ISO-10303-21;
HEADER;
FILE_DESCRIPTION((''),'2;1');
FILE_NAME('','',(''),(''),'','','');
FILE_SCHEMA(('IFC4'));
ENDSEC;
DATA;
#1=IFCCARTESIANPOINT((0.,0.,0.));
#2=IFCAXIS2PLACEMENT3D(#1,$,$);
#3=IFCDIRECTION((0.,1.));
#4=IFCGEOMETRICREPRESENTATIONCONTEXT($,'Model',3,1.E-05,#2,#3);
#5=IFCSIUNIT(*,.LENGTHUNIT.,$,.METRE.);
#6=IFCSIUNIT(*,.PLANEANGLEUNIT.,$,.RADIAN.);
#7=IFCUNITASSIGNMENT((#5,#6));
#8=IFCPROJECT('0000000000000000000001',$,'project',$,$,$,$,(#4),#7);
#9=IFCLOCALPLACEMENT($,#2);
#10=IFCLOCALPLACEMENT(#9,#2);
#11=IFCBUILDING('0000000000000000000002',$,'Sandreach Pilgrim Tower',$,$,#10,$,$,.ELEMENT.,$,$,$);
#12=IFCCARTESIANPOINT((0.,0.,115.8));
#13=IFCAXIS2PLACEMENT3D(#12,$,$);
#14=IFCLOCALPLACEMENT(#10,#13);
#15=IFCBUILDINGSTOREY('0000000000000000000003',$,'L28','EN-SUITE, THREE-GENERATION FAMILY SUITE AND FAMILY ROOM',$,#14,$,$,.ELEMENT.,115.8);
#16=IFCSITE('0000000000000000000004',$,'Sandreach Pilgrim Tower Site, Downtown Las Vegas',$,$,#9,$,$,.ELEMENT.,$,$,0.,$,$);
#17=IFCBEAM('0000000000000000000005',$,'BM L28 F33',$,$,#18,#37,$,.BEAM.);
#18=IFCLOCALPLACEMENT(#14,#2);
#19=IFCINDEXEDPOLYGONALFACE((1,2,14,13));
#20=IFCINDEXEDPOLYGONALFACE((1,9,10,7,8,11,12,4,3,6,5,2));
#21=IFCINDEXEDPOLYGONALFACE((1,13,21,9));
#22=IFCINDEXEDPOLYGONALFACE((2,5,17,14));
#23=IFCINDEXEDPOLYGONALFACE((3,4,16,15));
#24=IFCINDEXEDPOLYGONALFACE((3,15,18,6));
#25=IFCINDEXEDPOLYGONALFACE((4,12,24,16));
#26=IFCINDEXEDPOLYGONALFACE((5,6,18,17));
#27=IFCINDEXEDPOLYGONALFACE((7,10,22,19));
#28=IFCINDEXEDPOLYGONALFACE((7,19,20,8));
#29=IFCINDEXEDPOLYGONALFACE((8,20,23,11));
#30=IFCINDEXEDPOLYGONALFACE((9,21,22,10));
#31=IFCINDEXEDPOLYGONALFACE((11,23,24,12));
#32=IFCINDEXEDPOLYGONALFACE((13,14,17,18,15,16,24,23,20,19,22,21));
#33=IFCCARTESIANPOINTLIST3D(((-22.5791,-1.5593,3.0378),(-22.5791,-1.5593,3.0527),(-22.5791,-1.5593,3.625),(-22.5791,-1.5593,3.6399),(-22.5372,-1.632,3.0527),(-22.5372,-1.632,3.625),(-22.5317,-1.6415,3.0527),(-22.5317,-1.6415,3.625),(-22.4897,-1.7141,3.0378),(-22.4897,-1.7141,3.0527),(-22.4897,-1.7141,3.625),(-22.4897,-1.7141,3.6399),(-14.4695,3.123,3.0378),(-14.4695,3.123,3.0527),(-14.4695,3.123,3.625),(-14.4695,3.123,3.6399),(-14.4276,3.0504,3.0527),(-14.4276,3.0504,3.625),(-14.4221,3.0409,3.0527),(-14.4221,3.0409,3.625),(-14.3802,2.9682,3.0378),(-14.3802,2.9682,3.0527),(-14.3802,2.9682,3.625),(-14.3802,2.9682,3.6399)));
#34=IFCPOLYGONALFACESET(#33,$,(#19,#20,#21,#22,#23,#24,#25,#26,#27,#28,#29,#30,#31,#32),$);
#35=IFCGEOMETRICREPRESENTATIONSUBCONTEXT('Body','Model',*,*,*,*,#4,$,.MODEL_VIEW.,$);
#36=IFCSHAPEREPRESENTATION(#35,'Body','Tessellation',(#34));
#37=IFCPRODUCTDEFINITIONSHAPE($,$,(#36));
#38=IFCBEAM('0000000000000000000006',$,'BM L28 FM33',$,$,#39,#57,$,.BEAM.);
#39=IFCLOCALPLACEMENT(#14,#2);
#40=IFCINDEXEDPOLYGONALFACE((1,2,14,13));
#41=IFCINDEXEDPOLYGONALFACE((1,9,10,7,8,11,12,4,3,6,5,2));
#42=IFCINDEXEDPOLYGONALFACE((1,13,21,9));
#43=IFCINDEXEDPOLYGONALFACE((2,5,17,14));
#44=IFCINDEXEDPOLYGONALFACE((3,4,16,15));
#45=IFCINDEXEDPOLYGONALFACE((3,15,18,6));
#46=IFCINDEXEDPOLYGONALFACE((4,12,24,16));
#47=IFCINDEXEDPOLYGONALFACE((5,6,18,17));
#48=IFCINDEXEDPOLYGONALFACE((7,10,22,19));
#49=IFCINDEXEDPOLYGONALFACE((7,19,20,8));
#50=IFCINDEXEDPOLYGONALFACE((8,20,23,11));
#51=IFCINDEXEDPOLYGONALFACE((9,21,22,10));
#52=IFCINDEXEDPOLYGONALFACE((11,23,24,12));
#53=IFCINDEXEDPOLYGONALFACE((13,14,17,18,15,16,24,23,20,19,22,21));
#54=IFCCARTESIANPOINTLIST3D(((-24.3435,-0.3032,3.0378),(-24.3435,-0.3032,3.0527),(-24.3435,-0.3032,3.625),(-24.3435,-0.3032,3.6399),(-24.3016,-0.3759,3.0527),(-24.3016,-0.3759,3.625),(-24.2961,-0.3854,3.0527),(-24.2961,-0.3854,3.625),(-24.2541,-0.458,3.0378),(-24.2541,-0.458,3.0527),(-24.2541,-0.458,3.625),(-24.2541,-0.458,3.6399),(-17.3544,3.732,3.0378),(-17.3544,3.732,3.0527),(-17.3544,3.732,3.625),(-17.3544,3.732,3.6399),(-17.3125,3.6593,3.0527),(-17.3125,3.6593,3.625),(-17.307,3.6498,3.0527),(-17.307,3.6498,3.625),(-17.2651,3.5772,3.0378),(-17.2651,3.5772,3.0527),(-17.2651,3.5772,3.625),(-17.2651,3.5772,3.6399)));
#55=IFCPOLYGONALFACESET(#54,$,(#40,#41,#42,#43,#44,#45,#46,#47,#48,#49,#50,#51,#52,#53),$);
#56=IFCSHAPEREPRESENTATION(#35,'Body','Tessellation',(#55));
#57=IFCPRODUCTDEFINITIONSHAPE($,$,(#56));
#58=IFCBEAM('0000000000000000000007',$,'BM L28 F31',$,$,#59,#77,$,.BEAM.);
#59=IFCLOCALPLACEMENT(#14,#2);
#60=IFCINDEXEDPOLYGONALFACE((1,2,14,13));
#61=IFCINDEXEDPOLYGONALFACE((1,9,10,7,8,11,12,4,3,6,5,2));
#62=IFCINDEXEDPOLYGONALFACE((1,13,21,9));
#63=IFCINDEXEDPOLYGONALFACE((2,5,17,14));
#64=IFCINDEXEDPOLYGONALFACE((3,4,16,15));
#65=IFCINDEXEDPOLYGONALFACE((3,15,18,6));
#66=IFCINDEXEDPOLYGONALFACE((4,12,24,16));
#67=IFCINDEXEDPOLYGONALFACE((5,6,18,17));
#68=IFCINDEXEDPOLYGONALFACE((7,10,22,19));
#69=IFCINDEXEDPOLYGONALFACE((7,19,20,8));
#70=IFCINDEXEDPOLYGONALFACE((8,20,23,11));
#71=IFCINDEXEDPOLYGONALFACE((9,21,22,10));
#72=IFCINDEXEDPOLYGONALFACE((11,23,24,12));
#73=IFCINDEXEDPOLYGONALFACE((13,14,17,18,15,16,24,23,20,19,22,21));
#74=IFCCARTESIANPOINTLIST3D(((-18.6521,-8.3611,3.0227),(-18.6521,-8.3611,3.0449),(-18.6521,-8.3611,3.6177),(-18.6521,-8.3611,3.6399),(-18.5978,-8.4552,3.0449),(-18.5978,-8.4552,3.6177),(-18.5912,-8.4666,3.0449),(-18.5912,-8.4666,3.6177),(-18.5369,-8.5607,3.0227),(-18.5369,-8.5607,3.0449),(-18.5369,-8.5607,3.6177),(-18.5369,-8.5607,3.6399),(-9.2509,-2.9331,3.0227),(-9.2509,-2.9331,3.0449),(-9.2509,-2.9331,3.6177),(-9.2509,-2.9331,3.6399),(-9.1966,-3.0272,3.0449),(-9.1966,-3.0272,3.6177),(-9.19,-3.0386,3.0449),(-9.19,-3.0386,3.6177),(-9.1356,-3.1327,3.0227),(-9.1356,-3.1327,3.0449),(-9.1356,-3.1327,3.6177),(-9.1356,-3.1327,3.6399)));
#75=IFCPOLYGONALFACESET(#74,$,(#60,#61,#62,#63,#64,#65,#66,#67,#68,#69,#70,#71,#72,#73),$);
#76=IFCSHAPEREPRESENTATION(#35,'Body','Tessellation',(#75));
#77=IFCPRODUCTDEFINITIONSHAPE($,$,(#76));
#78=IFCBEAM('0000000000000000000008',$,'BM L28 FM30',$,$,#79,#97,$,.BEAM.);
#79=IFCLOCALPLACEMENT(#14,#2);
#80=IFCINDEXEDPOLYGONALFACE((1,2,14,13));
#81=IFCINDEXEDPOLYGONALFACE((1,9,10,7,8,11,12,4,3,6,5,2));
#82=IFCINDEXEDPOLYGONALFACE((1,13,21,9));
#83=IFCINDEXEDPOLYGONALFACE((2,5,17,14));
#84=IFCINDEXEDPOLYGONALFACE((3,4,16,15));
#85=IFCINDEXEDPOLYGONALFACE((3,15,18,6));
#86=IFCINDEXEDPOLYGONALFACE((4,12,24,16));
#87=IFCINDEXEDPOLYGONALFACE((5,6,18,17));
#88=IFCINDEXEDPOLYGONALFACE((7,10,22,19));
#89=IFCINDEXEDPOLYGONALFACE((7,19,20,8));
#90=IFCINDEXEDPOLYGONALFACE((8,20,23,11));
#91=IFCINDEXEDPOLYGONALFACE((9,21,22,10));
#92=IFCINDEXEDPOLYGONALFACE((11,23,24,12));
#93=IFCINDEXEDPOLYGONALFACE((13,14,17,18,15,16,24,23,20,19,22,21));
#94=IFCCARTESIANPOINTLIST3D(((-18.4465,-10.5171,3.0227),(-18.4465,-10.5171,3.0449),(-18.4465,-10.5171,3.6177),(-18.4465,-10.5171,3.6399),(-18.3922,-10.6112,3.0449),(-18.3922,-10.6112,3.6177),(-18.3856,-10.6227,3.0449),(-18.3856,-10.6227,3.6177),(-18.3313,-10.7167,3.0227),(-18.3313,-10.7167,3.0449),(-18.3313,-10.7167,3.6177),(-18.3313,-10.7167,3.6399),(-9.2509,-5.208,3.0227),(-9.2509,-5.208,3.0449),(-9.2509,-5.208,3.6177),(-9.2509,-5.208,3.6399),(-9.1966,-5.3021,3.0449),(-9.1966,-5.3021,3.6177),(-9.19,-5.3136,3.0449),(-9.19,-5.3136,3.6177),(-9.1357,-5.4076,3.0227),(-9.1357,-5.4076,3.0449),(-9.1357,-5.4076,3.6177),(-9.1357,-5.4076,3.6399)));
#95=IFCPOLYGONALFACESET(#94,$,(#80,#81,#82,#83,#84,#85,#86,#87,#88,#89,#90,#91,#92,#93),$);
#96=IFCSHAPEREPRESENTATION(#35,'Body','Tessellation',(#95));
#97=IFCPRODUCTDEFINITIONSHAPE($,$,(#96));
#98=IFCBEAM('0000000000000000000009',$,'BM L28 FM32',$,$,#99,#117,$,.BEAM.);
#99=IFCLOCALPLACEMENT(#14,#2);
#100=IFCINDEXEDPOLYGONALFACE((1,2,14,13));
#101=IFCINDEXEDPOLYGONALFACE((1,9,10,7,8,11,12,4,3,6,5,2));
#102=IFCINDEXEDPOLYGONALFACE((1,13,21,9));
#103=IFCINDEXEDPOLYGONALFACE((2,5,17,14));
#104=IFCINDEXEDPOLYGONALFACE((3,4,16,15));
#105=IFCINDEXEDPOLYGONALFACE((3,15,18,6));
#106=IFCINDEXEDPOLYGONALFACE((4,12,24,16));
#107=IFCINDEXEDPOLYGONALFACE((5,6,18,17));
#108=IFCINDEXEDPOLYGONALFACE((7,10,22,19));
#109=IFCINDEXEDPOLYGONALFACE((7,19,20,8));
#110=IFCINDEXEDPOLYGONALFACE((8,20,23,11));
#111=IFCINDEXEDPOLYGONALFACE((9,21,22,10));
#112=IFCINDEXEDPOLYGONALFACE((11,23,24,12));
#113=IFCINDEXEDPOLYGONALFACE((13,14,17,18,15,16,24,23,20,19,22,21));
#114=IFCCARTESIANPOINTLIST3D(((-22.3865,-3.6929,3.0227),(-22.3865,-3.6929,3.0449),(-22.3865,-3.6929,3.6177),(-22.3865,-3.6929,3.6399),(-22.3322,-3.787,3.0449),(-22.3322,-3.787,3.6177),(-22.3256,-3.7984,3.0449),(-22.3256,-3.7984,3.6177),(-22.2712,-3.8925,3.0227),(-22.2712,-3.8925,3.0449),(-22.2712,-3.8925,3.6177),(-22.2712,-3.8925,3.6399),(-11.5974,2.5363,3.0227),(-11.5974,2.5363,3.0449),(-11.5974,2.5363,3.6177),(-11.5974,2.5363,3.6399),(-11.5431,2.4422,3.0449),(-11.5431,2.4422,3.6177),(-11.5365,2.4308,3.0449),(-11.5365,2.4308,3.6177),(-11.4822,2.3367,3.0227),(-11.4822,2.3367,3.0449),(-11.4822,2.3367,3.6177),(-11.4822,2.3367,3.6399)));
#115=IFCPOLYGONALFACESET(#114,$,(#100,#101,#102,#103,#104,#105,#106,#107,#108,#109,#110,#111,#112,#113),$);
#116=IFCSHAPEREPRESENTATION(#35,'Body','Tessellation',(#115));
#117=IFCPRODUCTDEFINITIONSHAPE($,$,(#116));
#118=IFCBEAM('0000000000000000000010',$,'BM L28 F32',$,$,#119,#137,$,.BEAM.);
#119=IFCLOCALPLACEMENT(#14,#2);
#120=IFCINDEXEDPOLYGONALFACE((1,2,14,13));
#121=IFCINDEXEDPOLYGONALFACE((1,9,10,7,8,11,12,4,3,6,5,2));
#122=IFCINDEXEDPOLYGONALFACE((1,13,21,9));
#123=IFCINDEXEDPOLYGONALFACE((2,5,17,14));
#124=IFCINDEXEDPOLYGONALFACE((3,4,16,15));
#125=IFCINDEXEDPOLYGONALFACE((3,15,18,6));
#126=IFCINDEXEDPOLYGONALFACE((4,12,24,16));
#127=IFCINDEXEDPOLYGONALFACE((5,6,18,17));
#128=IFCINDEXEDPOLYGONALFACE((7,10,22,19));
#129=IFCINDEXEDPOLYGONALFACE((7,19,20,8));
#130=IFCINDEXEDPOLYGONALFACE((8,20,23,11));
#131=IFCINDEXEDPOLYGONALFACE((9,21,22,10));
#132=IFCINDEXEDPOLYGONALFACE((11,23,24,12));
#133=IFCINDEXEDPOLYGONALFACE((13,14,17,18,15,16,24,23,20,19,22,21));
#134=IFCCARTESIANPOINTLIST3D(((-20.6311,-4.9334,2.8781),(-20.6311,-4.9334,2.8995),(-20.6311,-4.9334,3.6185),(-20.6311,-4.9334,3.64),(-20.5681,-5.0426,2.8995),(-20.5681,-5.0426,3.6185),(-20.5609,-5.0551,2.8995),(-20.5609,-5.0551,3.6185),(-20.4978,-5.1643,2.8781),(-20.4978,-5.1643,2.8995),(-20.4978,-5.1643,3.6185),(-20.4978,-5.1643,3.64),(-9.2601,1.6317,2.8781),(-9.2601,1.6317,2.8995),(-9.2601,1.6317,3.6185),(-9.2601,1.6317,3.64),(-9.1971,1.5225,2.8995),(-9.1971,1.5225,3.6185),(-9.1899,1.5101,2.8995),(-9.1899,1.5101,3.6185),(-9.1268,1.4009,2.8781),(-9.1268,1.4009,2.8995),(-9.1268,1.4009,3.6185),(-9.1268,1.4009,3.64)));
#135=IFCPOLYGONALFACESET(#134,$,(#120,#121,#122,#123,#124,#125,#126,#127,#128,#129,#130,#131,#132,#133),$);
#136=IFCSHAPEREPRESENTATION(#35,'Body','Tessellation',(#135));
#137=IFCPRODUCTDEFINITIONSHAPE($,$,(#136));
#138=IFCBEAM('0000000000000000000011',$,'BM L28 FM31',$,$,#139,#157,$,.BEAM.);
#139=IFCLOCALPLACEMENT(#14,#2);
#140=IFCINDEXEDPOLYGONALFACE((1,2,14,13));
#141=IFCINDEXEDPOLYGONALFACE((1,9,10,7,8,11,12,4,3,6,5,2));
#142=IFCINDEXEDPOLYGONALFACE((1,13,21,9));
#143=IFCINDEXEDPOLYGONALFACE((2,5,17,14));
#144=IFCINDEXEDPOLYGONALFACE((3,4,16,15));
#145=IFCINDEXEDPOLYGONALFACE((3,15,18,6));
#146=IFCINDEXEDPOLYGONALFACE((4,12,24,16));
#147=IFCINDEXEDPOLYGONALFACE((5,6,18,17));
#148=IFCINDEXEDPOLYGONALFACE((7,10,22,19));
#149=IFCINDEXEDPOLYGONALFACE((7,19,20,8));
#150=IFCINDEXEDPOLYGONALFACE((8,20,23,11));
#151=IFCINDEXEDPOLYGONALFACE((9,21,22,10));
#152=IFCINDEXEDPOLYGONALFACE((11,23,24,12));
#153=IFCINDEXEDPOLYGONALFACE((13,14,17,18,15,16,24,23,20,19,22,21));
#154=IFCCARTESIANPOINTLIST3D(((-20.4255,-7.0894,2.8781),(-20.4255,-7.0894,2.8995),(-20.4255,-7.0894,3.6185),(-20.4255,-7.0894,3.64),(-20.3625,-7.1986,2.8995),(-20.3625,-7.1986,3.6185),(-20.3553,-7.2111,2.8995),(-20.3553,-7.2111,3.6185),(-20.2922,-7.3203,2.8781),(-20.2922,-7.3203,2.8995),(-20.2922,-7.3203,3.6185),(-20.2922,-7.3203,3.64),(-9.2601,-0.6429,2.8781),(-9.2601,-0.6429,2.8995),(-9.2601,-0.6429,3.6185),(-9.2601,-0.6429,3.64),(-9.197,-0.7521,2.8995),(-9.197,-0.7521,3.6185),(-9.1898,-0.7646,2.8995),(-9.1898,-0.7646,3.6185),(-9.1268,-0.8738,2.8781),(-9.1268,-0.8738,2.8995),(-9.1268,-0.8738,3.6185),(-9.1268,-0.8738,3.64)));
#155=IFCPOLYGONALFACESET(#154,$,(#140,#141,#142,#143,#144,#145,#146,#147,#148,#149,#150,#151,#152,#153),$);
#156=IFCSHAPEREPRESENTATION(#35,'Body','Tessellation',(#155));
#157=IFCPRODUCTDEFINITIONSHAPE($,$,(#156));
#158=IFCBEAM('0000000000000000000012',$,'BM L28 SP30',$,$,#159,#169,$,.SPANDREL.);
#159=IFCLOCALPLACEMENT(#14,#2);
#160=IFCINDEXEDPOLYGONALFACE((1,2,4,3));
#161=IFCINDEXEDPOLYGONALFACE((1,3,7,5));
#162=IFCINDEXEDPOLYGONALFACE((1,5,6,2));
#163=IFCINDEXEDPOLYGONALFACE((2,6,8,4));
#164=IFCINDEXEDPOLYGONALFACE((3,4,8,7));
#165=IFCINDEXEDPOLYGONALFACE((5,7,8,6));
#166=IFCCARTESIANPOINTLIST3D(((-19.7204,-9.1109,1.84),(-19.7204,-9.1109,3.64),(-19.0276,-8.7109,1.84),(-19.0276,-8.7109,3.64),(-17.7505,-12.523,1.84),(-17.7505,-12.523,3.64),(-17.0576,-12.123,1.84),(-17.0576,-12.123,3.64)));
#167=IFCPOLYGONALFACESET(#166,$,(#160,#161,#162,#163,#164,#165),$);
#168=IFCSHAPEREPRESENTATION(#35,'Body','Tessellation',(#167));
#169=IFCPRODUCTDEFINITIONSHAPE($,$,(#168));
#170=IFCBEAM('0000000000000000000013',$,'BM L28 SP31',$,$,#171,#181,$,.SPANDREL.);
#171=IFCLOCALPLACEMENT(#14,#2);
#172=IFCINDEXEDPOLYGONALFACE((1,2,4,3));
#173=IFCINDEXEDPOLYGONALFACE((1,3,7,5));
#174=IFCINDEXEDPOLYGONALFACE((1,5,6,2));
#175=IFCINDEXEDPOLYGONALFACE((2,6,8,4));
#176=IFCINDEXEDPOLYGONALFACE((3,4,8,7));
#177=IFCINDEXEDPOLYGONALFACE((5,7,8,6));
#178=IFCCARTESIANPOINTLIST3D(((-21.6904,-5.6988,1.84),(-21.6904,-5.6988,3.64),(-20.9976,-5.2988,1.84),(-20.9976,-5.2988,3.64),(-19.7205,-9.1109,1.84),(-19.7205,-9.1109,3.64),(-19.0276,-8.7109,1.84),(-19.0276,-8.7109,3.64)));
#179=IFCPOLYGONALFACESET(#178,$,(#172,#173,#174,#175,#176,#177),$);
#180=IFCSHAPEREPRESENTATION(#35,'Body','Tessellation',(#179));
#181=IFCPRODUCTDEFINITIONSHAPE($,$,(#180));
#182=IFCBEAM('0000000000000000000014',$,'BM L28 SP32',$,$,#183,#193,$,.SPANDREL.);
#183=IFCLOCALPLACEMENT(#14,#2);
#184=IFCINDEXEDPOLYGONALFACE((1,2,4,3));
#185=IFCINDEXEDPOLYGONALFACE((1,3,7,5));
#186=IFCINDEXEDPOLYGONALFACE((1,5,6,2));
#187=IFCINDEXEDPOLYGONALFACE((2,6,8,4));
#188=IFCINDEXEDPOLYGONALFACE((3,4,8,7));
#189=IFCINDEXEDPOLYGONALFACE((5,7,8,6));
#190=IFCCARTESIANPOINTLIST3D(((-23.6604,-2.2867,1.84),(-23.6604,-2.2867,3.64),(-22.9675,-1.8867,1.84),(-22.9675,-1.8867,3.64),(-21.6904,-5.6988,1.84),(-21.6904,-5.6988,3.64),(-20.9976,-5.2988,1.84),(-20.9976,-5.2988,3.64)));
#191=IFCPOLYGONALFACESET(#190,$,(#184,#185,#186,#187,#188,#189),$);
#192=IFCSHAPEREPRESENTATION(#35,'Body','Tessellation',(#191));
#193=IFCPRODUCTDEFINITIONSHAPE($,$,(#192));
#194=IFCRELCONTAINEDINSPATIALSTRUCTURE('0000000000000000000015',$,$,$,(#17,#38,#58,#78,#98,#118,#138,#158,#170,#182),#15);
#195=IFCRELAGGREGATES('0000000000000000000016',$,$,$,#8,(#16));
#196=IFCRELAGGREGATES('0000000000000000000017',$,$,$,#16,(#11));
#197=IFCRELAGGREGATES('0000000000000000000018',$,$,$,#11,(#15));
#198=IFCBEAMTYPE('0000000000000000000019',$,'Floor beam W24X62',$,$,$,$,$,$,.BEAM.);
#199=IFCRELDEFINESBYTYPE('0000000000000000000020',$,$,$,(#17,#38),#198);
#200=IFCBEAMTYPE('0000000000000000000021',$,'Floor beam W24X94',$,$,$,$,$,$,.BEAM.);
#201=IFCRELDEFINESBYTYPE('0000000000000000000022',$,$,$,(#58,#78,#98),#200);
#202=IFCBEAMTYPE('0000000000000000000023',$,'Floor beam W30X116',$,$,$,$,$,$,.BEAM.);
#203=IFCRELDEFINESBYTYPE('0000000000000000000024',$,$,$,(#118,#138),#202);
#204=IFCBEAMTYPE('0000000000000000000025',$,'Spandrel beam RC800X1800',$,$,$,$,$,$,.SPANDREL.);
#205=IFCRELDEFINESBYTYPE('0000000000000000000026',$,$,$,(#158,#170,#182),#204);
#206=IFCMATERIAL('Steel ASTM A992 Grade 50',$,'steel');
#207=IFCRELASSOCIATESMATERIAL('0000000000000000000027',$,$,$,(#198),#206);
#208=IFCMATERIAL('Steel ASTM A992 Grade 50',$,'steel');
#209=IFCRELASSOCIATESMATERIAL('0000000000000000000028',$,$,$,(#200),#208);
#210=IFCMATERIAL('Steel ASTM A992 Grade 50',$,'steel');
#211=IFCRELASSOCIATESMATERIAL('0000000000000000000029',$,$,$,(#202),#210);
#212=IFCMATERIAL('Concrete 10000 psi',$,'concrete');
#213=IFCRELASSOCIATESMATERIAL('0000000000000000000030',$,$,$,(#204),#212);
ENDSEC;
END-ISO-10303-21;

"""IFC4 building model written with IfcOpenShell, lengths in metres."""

from ifc_helpers import new_model, si_unit, direction, frame, origin, origin_2d, place, context, subcontext, project, spatial, rectangle, i_section, extrude, material, material_profile, profile_set, type_object, element, save


model = new_model("IFC4")

# Units and contexts
model_context = context("Model", 3, precision=1e-05, world=origin(), true_north=direction((0.0, 1.0)))
body_context = subcontext(model_context, "Body", "Model", "MODEL_VIEW")
ifc_project = project(units=[si_unit("LENGTHUNIT", "METRE"), si_unit("PLANEANGLEUNIT", "RADIAN")], contexts=[model_context])

# Site, building, storey
site_placement = place(None, origin())
site = spatial("IfcSite", under=ifc_project, at=site_placement, Name="Sandreach Pilgrim Tower Site, Downtown Las Vegas", CompositionType="ELEMENT", RefElevation=0.0)
building_placement = place(site_placement, origin())
building = spatial("IfcBuilding", under=site, at=building_placement, Name="Sandreach Pilgrim Tower", CompositionType="ELEMENT")
storey_placement = place(building_placement, frame((0.0, 0.0, 115.8)))
storey = spatial("IfcBuildingStorey", under=building, at=storey_placement, Name="L28", Description="EN-SUITE, THREE-GENERATION FAMILY SUITE AND FAMILY ROOM", CompositionType="ELEMENT", Elevation=115.8)

# Beams
ifc_material_1 = material(Name="Steel ASTM A992 Grade 50", Category="steel")
ifc_material_profile_1 = material_profile(ifc_material_1, i_section(OverallWidth=0.1787, OverallDepth=0.6021, WebThickness=0.011, FlangeThickness=0.0149, at=origin_2d()), Name="W24X62")
ifc_profile_set_1 = profile_set([ifc_material_profile_1], Name="Steel ASTM A992 Grade 50")
beam_type_1 = type_object("IfcBeamType", Name="Floor beam W24X62", PredefinedType="BEAM", material=ifc_profile_set_1)
beam_1_placement = place(storey_placement, frame((-22.5344, -1.6367, 3.3389), z_axis=(0.866012, 0.500023, 0.0), x_axis=(-0.500023, 0.866012, 0.0)))
element("IfcBeam", 1, at=beam_1_placement, inside=storey, type_object=beam_type_1, Name="BM L28 F33", PredefinedType="BEAM", context=body_context, shape_type="SweptSolid", body=[
    extrude(i_section(OverallWidth=0.1787, OverallDepth=0.6021, WebThickness=0.011, FlangeThickness=0.0149, at=origin_2d()), origin(), (0.0, 0.0, 1.0), 9.3643),
])
beam_2_placement = place(storey_placement, frame((-24.2988, -0.3806, 3.3389), z_axis=(0.866023, 0.500004, 0.0), x_axis=(-0.500004, 0.866023, 0.0)))
element("IfcBeam", 2, at=beam_2_placement, inside=storey, type_object=beam_type_1, Name="BM L28 FM33", PredefinedType="BEAM", context=body_context, shape_type="SweptSolid", body=[
    extrude(i_section(OverallWidth=0.1787, OverallDepth=0.6021, WebThickness=0.011, FlangeThickness=0.0149, at=origin_2d()), origin(), (0.0, 0.0, 1.0), 8.0703),
])
ifc_material_2 = material(Name="Steel ASTM A992 Grade 50", Category="steel")
ifc_material_profile_2 = material_profile(ifc_material_2, i_section(OverallWidth=0.2305, OverallDepth=0.6172, WebThickness=0.0132, FlangeThickness=0.0222, at=origin_2d()), Name="W24X94")
ifc_profile_set_2 = profile_set([ifc_material_profile_2], Name="Steel ASTM A992 Grade 50")
beam_type_2 = type_object("IfcBeamType", Name="Floor beam W24X94", PredefinedType="BEAM", material=ifc_profile_set_2)
beam_3_placement = place(storey_placement, frame((-18.5945, -8.4609, 3.3313), z_axis=(0.866016, 0.500016, 0.0), x_axis=(-0.500016, 0.866016, 0.0)))
element("IfcBeam", 3, at=beam_3_placement, inside=storey, type_object=beam_type_2, Name="BM L28 F31", PredefinedType="BEAM", context=body_context, shape_type="SweptSolid", body=[
    extrude(i_section(OverallWidth=0.2305, OverallDepth=0.6172, WebThickness=0.0132, FlangeThickness=0.0222, at=origin_2d()), origin(), (0.0, 0.0, 1.0), 10.8557),
])
beam_4_placement = place(storey_placement, frame((-18.3889, -10.6169, 3.3313), z_axis=(0.866024, 0.500002, 0.0), x_axis=(-0.500002, 0.866024, 0.0)))
element("IfcBeam", 4, at=beam_4_placement, inside=storey, type_object=beam_type_2, Name="BM L28 FM30", PredefinedType="BEAM", context=body_context, shape_type="SweptSolid", body=[
    extrude(i_section(OverallWidth=0.2305, OverallDepth=0.6172, WebThickness=0.0132, FlangeThickness=0.0222, at=origin_2d()), origin(), (0.0, 0.0, 1.0), 10.6182),
])
beam_5_placement = place(storey_placement, frame((-22.3289, -3.7927, 3.3313), z_axis=(0.866019, 0.500011, 0.0), x_axis=(-0.500011, 0.866019, 0.0)))
element("IfcBeam", 5, at=beam_5_placement, inside=storey, type_object=beam_type_2, Name="BM L28 FM32", PredefinedType="BEAM", context=body_context, shape_type="SweptSolid", body=[
    extrude(i_section(OverallWidth=0.2305, OverallDepth=0.6172, WebThickness=0.0132, FlangeThickness=0.0222, at=origin_2d()), origin(), (0.0, 0.0, 1.0), 12.4583),
])
ifc_material_3 = material(Name="Steel ASTM A992 Grade 50", Category="steel")
ifc_material_profile_3 = material_profile(ifc_material_3, i_section(OverallWidth=0.2666, OverallDepth=0.762, WebThickness=0.0144, FlangeThickness=0.0215, at=origin_2d()), Name="W30X116")
ifc_profile_set_3 = profile_set([ifc_material_profile_3], Name="Steel ASTM A992 Grade 50")
beam_type_3 = type_object("IfcBeamType", Name="Floor beam W30X116", PredefinedType="BEAM", material=ifc_profile_set_3)
beam_6_placement = place(storey_placement, frame((-20.5645, -5.0488, 3.259), z_axis=(0.866023, 0.500005, 0.0), x_axis=(-0.500005, 0.866023, 0.0)))
element("IfcBeam", 6, at=beam_6_placement, inside=storey, type_object=beam_type_3, Name="BM L28 F32", PredefinedType="BEAM", context=body_context, shape_type="SweptSolid", body=[
    extrude(i_section(OverallWidth=0.2666, OverallDepth=0.762, WebThickness=0.0144, FlangeThickness=0.0215, at=origin_2d()), origin(), (0.0, 0.0, 1.0), 13.1301),
])
beam_7_placement = place(storey_placement, frame((-20.3589, -7.2048, 3.259), z_axis=(0.866022, 0.500007, 0.0), x_axis=(-0.500007, 0.866022, 0.0)))
element("IfcBeam", 7, at=beam_7_placement, inside=storey, type_object=beam_type_3, Name="BM L28 FM31", PredefinedType="BEAM", context=body_context, shape_type="SweptSolid", body=[
    extrude(i_section(OverallWidth=0.2666, OverallDepth=0.762, WebThickness=0.0144, FlangeThickness=0.0215, at=origin_2d()), origin(), (0.0, 0.0, 1.0), 12.8928),
])
ifc_material_4 = material(Name="Concrete 10000 psi", Category="concrete")
ifc_material_profile_4 = material_profile(ifc_material_4, rectangle(XDim=0.8, YDim=1.8, at=origin_2d()), Name="RC800X1800")
ifc_profile_set_4 = profile_set([ifc_material_profile_4], Name="Concrete 10000 psi")
beam_type_4 = type_object("IfcBeamType", Name="Spandrel beam RC800X1800", PredefinedType="SPANDREL", material=ifc_profile_set_4)
for number, where, z_axis, x_axis, name in (
    (8, (-17.4041, -12.323, 2.74), (-0.499998, 0.866027, 0.0), (-0.866027, -0.499998, 0.0), "BM L28 SP30"),
    (9, (-19.374, -8.9109, 2.74), (-0.499998, 0.866027, 0.0), (-0.866027, -0.499998, 0.0), "BM L28 SP31"),
    (10, (-21.344, -5.4988, 2.74), (-0.499998, 0.866027, 0.0), (-0.866027, -0.499998, 0.0), "BM L28 SP32"),
):
    element("IfcBeam", number, at=place(storey_placement, frame(where, z_axis=z_axis, x_axis=x_axis)), inside=storey, type_object=beam_type_4, Name=name, PredefinedType="SPANDREL", context=body_context, shape_type="SweptSolid", body=[
        extrude(rectangle(XDim=0.8, YDim=1.8, at=origin_2d()), origin(), (0.0, 0.0, 1.0), 3.9399),
    ])

save(model, "model.ifc")
